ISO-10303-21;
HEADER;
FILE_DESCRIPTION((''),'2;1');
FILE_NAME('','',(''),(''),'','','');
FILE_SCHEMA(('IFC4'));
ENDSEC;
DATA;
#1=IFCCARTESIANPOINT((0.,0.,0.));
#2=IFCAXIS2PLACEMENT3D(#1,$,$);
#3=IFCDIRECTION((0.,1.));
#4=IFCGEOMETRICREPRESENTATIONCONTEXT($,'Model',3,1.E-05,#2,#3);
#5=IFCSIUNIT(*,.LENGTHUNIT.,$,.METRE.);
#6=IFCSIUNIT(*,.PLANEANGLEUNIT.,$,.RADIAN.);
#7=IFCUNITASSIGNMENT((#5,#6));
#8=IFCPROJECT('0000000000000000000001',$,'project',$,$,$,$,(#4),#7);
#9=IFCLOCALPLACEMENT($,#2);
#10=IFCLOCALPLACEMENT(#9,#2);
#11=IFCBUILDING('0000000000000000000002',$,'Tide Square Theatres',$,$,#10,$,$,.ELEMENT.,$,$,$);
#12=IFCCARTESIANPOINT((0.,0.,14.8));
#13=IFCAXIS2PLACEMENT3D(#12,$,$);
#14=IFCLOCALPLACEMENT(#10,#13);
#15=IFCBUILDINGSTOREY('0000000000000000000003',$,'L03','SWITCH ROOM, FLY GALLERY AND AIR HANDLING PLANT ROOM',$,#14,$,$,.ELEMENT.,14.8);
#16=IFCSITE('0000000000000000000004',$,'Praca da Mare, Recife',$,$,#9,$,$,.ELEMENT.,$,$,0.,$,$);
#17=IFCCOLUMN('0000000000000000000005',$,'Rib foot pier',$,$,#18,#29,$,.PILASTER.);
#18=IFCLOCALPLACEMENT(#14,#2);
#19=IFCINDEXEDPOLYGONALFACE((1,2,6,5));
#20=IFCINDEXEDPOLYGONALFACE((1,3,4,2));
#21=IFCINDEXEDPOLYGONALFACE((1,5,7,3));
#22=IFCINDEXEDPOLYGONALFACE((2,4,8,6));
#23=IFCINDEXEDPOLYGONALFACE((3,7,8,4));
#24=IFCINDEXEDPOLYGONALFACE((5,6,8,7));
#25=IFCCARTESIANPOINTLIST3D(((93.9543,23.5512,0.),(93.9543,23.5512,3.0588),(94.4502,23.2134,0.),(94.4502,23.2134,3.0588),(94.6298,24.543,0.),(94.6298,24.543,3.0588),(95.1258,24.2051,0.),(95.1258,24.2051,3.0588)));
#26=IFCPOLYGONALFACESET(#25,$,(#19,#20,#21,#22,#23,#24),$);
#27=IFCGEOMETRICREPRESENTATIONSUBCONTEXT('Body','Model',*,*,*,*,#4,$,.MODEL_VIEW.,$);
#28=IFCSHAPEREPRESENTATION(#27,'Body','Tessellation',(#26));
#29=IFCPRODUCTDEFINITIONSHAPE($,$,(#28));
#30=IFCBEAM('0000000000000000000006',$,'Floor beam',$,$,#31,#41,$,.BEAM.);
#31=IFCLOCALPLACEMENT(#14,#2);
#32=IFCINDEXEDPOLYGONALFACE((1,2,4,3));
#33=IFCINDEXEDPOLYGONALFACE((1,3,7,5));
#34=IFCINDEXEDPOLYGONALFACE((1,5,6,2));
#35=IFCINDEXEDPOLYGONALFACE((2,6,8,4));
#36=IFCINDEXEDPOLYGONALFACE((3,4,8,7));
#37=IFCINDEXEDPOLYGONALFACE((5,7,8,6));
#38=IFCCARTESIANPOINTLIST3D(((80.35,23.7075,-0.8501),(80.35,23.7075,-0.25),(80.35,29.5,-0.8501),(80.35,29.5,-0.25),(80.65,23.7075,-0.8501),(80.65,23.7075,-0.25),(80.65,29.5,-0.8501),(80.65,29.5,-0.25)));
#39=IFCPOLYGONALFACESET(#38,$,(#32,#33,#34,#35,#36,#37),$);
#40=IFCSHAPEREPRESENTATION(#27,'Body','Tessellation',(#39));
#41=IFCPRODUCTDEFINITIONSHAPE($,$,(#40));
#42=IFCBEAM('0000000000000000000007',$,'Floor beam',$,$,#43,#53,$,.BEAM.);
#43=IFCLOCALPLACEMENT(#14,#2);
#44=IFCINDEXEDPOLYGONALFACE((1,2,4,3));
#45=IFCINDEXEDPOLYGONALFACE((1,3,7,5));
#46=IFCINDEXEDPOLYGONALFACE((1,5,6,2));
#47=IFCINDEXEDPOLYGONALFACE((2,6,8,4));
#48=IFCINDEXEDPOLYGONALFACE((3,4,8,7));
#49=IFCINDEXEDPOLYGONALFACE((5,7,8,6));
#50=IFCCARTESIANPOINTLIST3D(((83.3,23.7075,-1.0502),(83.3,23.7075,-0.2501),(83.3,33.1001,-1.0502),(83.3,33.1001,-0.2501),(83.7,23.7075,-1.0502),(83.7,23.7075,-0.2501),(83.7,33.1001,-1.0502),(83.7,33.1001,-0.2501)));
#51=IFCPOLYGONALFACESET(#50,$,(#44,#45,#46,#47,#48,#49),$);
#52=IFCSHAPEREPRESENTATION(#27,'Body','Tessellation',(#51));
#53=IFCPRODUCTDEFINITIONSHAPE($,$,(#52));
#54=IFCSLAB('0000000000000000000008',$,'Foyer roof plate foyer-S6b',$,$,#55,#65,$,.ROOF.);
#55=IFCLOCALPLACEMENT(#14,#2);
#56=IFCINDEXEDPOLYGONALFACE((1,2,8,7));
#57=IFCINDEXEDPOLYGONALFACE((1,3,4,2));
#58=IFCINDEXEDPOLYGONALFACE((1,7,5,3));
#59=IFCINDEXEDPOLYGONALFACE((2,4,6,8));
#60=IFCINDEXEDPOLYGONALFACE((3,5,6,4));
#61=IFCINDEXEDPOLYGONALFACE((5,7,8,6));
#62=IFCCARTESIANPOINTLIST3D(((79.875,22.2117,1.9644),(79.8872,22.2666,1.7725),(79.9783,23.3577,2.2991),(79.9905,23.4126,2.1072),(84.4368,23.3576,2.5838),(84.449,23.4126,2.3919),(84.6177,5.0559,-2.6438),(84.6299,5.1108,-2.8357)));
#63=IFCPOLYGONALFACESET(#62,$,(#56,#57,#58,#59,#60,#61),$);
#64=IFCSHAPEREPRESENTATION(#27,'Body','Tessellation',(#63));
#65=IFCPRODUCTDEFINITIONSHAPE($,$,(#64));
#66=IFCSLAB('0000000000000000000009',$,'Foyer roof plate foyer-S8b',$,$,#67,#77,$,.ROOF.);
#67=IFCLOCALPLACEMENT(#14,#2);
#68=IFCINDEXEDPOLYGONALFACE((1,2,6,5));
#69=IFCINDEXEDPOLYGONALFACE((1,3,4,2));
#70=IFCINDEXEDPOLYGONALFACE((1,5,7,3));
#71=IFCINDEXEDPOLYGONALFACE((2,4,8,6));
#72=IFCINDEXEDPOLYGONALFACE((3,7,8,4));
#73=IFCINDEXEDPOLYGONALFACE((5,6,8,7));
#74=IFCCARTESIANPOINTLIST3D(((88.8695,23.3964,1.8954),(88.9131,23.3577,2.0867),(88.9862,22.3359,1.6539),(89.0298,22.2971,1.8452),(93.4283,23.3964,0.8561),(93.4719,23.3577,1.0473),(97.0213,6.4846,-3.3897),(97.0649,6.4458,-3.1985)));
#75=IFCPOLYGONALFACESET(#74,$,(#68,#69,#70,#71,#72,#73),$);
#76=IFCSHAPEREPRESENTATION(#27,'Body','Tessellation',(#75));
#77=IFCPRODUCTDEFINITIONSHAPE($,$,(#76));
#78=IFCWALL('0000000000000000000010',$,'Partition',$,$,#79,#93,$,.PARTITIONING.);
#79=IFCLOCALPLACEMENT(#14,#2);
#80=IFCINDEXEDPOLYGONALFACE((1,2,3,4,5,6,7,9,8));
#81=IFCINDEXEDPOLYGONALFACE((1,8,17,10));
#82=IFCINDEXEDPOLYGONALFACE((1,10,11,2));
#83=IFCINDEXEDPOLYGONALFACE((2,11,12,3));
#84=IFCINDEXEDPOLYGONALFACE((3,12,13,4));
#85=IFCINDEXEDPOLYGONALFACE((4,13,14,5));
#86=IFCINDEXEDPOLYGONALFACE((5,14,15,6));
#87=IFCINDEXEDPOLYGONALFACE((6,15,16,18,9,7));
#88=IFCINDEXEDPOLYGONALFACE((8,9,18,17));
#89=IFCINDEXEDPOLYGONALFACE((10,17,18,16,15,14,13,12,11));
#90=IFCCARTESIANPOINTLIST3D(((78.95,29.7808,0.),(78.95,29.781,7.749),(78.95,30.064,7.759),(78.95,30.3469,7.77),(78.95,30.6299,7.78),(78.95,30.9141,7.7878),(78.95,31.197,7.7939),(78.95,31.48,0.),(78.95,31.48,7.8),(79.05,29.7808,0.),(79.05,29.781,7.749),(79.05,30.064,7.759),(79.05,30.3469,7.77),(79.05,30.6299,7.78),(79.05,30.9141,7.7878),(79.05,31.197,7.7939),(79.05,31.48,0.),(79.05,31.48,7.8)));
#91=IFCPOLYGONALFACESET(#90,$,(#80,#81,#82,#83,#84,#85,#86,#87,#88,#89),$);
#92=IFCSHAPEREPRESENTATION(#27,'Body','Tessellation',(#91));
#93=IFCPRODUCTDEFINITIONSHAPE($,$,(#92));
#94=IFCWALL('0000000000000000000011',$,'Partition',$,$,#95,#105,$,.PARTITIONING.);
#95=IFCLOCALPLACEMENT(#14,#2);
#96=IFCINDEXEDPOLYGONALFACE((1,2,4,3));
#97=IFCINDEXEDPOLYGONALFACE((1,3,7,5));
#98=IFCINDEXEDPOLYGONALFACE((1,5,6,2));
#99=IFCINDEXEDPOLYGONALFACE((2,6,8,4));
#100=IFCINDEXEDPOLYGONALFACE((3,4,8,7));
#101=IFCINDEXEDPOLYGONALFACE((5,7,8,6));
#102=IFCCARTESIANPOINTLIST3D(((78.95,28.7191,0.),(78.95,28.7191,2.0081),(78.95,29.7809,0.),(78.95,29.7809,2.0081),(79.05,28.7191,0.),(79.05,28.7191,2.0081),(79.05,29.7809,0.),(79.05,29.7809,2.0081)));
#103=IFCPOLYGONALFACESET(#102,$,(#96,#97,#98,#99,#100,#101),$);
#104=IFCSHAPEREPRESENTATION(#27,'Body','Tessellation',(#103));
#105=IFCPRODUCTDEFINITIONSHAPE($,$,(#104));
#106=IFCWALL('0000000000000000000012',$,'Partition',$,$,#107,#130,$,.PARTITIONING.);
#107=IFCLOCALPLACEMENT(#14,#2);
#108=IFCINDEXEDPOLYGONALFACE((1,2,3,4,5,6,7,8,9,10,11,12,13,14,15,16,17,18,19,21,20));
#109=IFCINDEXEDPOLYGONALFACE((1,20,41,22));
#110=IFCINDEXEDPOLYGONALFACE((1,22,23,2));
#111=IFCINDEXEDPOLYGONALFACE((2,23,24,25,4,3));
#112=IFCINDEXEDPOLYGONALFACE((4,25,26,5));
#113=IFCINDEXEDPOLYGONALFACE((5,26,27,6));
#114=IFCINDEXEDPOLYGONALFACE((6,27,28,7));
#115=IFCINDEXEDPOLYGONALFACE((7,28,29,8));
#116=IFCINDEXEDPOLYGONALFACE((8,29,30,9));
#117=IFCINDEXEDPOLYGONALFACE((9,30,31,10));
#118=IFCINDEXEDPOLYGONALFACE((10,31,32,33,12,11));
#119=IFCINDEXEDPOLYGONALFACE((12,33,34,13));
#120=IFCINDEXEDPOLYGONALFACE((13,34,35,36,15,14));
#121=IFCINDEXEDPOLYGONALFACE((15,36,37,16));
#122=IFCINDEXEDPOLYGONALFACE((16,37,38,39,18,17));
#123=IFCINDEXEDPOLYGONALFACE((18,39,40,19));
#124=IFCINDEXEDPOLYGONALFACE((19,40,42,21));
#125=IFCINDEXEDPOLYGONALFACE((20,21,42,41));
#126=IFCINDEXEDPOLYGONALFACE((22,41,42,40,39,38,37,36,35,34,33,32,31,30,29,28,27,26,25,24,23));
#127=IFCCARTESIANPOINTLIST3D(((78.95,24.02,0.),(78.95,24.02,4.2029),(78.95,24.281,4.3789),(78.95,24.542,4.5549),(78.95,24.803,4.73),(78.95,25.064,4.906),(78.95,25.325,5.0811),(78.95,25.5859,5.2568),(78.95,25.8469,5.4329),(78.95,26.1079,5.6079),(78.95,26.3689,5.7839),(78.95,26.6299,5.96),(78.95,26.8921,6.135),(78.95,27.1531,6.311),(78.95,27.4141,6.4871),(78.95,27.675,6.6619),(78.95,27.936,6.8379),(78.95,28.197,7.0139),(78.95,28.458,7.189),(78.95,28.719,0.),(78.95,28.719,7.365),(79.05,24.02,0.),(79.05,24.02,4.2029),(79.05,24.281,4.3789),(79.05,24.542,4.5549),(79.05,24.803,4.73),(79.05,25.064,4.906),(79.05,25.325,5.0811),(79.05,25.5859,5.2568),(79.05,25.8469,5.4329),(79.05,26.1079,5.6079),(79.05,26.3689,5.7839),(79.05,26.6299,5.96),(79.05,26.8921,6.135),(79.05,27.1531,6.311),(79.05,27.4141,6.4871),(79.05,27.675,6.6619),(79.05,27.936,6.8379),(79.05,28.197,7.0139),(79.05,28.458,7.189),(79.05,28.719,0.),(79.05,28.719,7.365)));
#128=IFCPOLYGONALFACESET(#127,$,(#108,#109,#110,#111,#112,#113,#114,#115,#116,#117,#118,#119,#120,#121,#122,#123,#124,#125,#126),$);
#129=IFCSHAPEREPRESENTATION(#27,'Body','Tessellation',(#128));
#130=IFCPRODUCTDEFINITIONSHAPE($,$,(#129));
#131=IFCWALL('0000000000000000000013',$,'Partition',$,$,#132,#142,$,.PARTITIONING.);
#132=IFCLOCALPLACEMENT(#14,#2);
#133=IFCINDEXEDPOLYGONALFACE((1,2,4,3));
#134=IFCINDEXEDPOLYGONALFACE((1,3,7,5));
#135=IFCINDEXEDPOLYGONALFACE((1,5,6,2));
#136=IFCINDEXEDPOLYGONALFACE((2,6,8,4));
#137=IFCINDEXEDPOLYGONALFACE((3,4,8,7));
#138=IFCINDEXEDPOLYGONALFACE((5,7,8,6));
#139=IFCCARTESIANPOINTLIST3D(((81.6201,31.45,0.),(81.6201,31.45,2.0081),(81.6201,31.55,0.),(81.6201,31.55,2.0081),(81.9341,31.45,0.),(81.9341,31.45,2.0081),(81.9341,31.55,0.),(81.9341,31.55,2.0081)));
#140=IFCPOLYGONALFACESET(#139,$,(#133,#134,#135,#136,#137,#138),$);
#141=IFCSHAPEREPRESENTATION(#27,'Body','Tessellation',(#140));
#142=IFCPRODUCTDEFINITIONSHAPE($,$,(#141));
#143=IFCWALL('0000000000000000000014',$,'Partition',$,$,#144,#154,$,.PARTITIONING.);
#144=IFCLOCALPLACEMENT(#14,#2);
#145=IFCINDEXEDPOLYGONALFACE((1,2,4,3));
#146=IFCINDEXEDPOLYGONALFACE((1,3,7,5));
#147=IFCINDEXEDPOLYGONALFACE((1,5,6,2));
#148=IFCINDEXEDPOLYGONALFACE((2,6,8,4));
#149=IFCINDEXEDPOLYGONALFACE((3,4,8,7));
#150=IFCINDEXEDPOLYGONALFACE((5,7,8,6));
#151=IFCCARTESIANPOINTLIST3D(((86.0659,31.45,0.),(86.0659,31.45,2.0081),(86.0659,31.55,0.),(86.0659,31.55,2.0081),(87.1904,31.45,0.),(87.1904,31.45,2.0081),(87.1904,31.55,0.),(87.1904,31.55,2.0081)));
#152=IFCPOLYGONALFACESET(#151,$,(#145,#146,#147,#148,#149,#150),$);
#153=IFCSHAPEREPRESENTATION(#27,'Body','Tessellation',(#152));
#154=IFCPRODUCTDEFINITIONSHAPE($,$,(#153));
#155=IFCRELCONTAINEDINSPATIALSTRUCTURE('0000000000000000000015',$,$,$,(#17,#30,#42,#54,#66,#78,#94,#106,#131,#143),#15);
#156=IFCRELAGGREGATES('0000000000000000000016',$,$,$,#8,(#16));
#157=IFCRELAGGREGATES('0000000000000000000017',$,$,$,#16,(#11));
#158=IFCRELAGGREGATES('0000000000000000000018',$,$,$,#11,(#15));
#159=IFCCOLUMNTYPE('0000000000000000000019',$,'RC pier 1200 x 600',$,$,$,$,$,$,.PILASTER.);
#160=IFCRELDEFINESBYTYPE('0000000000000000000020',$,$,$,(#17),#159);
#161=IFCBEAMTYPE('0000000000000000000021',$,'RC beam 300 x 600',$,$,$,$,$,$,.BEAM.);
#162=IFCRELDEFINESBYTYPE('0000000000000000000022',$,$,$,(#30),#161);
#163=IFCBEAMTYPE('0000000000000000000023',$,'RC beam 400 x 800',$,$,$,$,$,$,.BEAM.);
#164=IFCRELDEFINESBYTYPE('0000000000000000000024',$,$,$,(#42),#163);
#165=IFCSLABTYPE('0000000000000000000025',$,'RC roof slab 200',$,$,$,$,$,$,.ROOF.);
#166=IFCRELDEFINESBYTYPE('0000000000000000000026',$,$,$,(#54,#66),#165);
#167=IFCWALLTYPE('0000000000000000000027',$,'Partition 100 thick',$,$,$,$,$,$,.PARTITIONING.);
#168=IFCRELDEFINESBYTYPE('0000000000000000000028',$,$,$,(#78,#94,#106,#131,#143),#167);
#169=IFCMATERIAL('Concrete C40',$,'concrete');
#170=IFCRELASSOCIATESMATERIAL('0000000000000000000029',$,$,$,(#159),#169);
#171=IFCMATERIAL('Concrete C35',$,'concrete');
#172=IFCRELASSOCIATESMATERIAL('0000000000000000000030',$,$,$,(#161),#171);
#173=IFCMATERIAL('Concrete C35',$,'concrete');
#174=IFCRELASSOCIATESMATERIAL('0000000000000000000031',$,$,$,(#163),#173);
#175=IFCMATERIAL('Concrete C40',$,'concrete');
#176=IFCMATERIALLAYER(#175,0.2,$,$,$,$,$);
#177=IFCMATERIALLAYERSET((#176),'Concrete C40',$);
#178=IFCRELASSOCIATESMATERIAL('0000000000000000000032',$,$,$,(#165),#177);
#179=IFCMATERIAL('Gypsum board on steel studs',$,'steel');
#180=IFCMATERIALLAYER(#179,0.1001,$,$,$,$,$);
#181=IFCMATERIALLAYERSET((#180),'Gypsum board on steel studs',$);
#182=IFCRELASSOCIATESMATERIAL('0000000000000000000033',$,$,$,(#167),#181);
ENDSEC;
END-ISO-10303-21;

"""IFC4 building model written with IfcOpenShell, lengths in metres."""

from ifc_helpers import new_model, si_unit, direction, frame, frame_2d, origin, origin_2d, place, context, subcontext, project, spatial, polyline, rectangle, outline, extrude, material, layer, layer_set, material_profile, profile_set, type_object, element, save


model = new_model("IFC4")

# Units and contexts
model_context = context("Model", 3, precision=1e-05, world=origin(), true_north=direction((0.0, 1.0)))
body_context = subcontext(model_context, "Body", "Model", "MODEL_VIEW")
ifc_project = project(units=[si_unit("LENGTHUNIT", "METRE"), si_unit("PLANEANGLEUNIT", "RADIAN")], contexts=[model_context])

# Site, building, storey
site_placement = place(None, origin())
site = spatial("IfcSite", under=ifc_project, at=site_placement, Name="Praca da Mare, Recife", CompositionType="ELEMENT", RefElevation=0.0)
building_placement = place(site_placement, origin())
building = spatial("IfcBuilding", under=site, at=building_placement, Name="Tide Square Theatres", CompositionType="ELEMENT")
storey_placement = place(building_placement, frame((0.0, 0.0, 14.8)))
storey = spatial("IfcBuildingStorey", under=building, at=storey_placement, Name="L03", Description="SWITCH ROOM, FLY GALLERY AND AIR HANDLING PLANT ROOM", CompositionType="ELEMENT", Elevation=14.8)

# Column
ifc_material_1 = material(Name="Concrete C40", Category="concrete")
ifc_material_profile_1 = material_profile(ifc_material_1, rectangle(XDim=1.2, YDim=0.6001, at=origin_2d()))
ifc_profile_set_1 = profile_set([ifc_material_profile_1], Name="Concrete C40")
column_type = type_object("IfcColumnType", Name="RC pier 1200 x 600", PredefinedType="PILASTER", material=ifc_profile_set_1)
column_placement = place(storey_placement, frame((94.54, 23.8782, 0.0), z_axis=(0.0, 0.0, 1.0), x_axis=(0.562978, 0.826472, 0.0)))
element("IfcColumn", 1, at=column_placement, inside=storey, type_object=column_type, Name="Rib foot pier", PredefinedType="PILASTER", context=body_context, shape_type="SweptSolid", body=[
    extrude(rectangle(XDim=1.2, YDim=0.6001, at=origin_2d()), origin(), (0.0, 0.0, 1.0), 3.0588),
])

# Beams
ifc_material_2 = material(Name="Concrete C35", Category="concrete")
ifc_material_profile_2 = material_profile(ifc_material_2, rectangle(XDim=0.3, YDim=0.6001, at=origin_2d()))
ifc_profile_set_2 = profile_set([ifc_material_profile_2], Name="Concrete C35")
beam_type_1 = type_object("IfcBeamType", Name="RC beam 300 x 600", PredefinedType="BEAM", material=ifc_profile_set_2)
beam_1_placement = place(storey_placement, frame((80.5, 23.7075, -0.55), z_axis=(0.0, 1.0, 0.0), x_axis=(-1.0, 0.0, 0.0)))
element("IfcBeam", 2, at=beam_1_placement, inside=storey, type_object=beam_type_1, Name="Floor beam", PredefinedType="BEAM", context=body_context, shape_type="SweptSolid", body=[
    extrude(rectangle(XDim=0.3, YDim=0.6001, at=origin_2d()), origin(), (0.0, 0.0, 1.0), 5.7925),
])
ifc_material_3 = material(Name="Concrete C35", Category="concrete")
ifc_material_profile_3 = material_profile(ifc_material_3, rectangle(XDim=0.3999, YDim=0.8, at=origin_2d()))
ifc_profile_set_3 = profile_set([ifc_material_profile_3], Name="Concrete C35")
beam_type_2 = type_object("IfcBeamType", Name="RC beam 400 x 800", PredefinedType="BEAM", material=ifc_profile_set_3)
beam_2_placement = place(storey_placement, frame((83.5, 23.7075, -0.6501), z_axis=(0.0, 1.0, 0.0), x_axis=(-1.0, 0.0, 0.0)))
element("IfcBeam", 3, at=beam_2_placement, inside=storey, type_object=beam_type_2, Name="Floor beam", PredefinedType="BEAM", context=body_context, shape_type="SweptSolid", body=[
    extrude(rectangle(XDim=0.3999, YDim=0.8, at=origin_2d()), origin(), (0.0, 0.0, 1.0), 9.3926),
])

# Slabs
ifc_material_4 = material(Name="Concrete C40", Category="concrete")
ifc_layer_1 = layer(ifc_material_4, 0.2)
ifc_layer_set_1 = layer_set([ifc_layer_1], Name="Concrete C40")
slab_type = type_object("IfcSlabType", Name="RC roof slab 200", PredefinedType="ROOF", material=ifc_layer_set_1)
slab_1_placement = place(storey_placement, frame((79.9783, 23.3577, 2.2991), z_axis=(-0.061281, -0.274693, 0.959577), x_axis=(-0.086182, -0.956337, -0.27927)))
element("IfcSlab", 4, at=slab_1_placement, inside=storey, type_object=slab_type, Name="Foyer roof plate foyer-S6b", PredefinedType="ROOF", context=body_context, shape_type="SweptSolid", body=[
    extrude(outline(polyline([(0.0, 0.0), (1.1983, 0.0), (18.4832, 6.2675), (-0.4637, 4.4434), (0.0, 0.0)])), origin(), (0.0, 0.0, -1.0), 0.2),
])
slab_2_placement = place(storey_placement, frame((88.9131, 23.3577, 2.0867), z_axis=(0.218066, -0.193804, 0.956497), x_axis=(0.106672, -0.969479, -0.220754)))
element("IfcSlab", 5, at=slab_2_placement, inside=storey, type_object=slab_type, Name="Foyer roof plate foyer-S8b", PredefinedType="ROOF", context=body_context, shape_type="SweptSolid", body=[
    extrude(outline(polyline([(0.0, 0.0), (1.0939, 0.0), (18.432, 6.3764), (0.7157, 4.6207), (0.0, 0.0)])), origin(), (0.0, 0.0, -1.0), 0.2),
])

# Walls
ifc_material_5 = material(Name="Gypsum board on steel studs", Category="steel")
ifc_layer_2 = layer(ifc_material_5, 0.1001)
ifc_layer_set_2 = layer_set([ifc_layer_2], Name="Gypsum board on steel studs")
wall_type_1 = type_object("IfcWallType", Name="Partition 100 thick", PredefinedType="PARTITIONING", material=ifc_layer_set_2)
wall_1_placement = place(storey_placement, frame((79.0, 31.48, 0.0), z_axis=(0.0, 0.0, 1.0), x_axis=(0.0, -1.0, 0.0)))
element("IfcWall", 6, at=wall_1_placement, inside=storey, type_object=wall_type_1, Name="Partition", PredefinedType="PARTITIONING", context=body_context, shape_type="SweptSolid", body=[
    extrude(outline(polyline([(0.0, 0.0), (1.6992, 0.0), (1.699, 7.749), (1.416, 7.759), (1.1331, 7.77), (0.8501, 7.78), (0.5659, 7.7878), (0.283, 7.7939), (0.0, 7.8), (0.0, 0.0)])), frame((0.0, 0.05, 0.0), z_axis=(0.0, -1.0, 0.0), x_axis=(1.0, 0.0, 0.0)), (0.0, 0.0, 1.0), 0.1001),
])
wall_2_placement = place(storey_placement, frame((79.0, 29.7808, 0.0), z_axis=(0.0, 0.0, 1.0), x_axis=(0.0, -1.0, 0.0)))
element("IfcWall", 7, at=wall_2_placement, inside=storey, type_object=wall_type_1, Name="Partition", PredefinedType="PARTITIONING", context=body_context, shape_type="SweptSolid", body=[
    extrude(rectangle(XDim=1.0618, YDim=0.1001, at=frame_2d((0.5308, 0.0))), origin(), (0.0, 0.0, 1.0), 2.0081),
])
wall_3_placement = place(storey_placement, frame((79.0, 28.719, 0.0), z_axis=(0.0, 0.0, 1.0), x_axis=(0.0, -1.0, 0.0)))
element("IfcWall", 8, at=wall_3_placement, inside=storey, type_object=wall_type_1, Name="Partition", PredefinedType="PARTITIONING", context=body_context, shape_type="SweptSolid", body=[
    extrude(outline(polyline([(0.0, 0.0), (4.699, 0.0), (4.699, 4.2029), (4.438, 4.3789), (4.177, 4.5549), (3.916, 4.73), (3.655, 4.906), (3.394, 5.0811), (3.1331, 5.2568), (2.8721, 5.4329), (2.6111, 5.6079), (2.3501, 5.7839), (2.0891, 5.96), (1.8269, 6.135), (1.5659, 6.311), (1.3049, 6.4871), (1.0439, 6.6619), (0.783, 6.8379), (0.522, 7.0139), (0.261, 7.189), (0.0, 7.365), (0.0, 0.0)])), frame((0.0, 0.05, 0.0), z_axis=(0.0, -1.0, 0.0), x_axis=(1.0, 0.0, 0.0)), (0.0, 0.0, 1.0), 0.1001),
])
wall_4_placement = place(storey_placement, frame((81.6201, 31.5, 0.0), z_axis=(0.0, 0.0, 1.0), x_axis=(1.0, 0.0, 0.0)))
element("IfcWall", 9, at=wall_4_placement, inside=storey, type_object=wall_type_1, Name="Partition", PredefinedType="PARTITIONING", context=body_context, shape_type="SweptSolid", body=[
    extrude(rectangle(XDim=0.314, YDim=0.1001, at=frame_2d((0.157, 0.0))), origin(), (0.0, 0.0, 1.0), 2.0081),
])

# Wall
wall_5_placement = place(storey_placement, frame((86.0659, 31.5, 0.0), z_axis=(0.0, 0.0, 1.0), x_axis=(1.0, 0.0, 0.0)))
element("IfcWall", 10, at=wall_5_placement, inside=storey, type_object=wall_type_1, Name="Partition", PredefinedType="PARTITIONING", context=body_context, shape_type="SweptSolid", body=[
    extrude(rectangle(XDim=1.1245, YDim=0.1001, at=frame_2d((0.5623, 0.0))), origin(), (0.0, 0.0, 1.0), 2.0081),
])

save(model, "model.ifc")
